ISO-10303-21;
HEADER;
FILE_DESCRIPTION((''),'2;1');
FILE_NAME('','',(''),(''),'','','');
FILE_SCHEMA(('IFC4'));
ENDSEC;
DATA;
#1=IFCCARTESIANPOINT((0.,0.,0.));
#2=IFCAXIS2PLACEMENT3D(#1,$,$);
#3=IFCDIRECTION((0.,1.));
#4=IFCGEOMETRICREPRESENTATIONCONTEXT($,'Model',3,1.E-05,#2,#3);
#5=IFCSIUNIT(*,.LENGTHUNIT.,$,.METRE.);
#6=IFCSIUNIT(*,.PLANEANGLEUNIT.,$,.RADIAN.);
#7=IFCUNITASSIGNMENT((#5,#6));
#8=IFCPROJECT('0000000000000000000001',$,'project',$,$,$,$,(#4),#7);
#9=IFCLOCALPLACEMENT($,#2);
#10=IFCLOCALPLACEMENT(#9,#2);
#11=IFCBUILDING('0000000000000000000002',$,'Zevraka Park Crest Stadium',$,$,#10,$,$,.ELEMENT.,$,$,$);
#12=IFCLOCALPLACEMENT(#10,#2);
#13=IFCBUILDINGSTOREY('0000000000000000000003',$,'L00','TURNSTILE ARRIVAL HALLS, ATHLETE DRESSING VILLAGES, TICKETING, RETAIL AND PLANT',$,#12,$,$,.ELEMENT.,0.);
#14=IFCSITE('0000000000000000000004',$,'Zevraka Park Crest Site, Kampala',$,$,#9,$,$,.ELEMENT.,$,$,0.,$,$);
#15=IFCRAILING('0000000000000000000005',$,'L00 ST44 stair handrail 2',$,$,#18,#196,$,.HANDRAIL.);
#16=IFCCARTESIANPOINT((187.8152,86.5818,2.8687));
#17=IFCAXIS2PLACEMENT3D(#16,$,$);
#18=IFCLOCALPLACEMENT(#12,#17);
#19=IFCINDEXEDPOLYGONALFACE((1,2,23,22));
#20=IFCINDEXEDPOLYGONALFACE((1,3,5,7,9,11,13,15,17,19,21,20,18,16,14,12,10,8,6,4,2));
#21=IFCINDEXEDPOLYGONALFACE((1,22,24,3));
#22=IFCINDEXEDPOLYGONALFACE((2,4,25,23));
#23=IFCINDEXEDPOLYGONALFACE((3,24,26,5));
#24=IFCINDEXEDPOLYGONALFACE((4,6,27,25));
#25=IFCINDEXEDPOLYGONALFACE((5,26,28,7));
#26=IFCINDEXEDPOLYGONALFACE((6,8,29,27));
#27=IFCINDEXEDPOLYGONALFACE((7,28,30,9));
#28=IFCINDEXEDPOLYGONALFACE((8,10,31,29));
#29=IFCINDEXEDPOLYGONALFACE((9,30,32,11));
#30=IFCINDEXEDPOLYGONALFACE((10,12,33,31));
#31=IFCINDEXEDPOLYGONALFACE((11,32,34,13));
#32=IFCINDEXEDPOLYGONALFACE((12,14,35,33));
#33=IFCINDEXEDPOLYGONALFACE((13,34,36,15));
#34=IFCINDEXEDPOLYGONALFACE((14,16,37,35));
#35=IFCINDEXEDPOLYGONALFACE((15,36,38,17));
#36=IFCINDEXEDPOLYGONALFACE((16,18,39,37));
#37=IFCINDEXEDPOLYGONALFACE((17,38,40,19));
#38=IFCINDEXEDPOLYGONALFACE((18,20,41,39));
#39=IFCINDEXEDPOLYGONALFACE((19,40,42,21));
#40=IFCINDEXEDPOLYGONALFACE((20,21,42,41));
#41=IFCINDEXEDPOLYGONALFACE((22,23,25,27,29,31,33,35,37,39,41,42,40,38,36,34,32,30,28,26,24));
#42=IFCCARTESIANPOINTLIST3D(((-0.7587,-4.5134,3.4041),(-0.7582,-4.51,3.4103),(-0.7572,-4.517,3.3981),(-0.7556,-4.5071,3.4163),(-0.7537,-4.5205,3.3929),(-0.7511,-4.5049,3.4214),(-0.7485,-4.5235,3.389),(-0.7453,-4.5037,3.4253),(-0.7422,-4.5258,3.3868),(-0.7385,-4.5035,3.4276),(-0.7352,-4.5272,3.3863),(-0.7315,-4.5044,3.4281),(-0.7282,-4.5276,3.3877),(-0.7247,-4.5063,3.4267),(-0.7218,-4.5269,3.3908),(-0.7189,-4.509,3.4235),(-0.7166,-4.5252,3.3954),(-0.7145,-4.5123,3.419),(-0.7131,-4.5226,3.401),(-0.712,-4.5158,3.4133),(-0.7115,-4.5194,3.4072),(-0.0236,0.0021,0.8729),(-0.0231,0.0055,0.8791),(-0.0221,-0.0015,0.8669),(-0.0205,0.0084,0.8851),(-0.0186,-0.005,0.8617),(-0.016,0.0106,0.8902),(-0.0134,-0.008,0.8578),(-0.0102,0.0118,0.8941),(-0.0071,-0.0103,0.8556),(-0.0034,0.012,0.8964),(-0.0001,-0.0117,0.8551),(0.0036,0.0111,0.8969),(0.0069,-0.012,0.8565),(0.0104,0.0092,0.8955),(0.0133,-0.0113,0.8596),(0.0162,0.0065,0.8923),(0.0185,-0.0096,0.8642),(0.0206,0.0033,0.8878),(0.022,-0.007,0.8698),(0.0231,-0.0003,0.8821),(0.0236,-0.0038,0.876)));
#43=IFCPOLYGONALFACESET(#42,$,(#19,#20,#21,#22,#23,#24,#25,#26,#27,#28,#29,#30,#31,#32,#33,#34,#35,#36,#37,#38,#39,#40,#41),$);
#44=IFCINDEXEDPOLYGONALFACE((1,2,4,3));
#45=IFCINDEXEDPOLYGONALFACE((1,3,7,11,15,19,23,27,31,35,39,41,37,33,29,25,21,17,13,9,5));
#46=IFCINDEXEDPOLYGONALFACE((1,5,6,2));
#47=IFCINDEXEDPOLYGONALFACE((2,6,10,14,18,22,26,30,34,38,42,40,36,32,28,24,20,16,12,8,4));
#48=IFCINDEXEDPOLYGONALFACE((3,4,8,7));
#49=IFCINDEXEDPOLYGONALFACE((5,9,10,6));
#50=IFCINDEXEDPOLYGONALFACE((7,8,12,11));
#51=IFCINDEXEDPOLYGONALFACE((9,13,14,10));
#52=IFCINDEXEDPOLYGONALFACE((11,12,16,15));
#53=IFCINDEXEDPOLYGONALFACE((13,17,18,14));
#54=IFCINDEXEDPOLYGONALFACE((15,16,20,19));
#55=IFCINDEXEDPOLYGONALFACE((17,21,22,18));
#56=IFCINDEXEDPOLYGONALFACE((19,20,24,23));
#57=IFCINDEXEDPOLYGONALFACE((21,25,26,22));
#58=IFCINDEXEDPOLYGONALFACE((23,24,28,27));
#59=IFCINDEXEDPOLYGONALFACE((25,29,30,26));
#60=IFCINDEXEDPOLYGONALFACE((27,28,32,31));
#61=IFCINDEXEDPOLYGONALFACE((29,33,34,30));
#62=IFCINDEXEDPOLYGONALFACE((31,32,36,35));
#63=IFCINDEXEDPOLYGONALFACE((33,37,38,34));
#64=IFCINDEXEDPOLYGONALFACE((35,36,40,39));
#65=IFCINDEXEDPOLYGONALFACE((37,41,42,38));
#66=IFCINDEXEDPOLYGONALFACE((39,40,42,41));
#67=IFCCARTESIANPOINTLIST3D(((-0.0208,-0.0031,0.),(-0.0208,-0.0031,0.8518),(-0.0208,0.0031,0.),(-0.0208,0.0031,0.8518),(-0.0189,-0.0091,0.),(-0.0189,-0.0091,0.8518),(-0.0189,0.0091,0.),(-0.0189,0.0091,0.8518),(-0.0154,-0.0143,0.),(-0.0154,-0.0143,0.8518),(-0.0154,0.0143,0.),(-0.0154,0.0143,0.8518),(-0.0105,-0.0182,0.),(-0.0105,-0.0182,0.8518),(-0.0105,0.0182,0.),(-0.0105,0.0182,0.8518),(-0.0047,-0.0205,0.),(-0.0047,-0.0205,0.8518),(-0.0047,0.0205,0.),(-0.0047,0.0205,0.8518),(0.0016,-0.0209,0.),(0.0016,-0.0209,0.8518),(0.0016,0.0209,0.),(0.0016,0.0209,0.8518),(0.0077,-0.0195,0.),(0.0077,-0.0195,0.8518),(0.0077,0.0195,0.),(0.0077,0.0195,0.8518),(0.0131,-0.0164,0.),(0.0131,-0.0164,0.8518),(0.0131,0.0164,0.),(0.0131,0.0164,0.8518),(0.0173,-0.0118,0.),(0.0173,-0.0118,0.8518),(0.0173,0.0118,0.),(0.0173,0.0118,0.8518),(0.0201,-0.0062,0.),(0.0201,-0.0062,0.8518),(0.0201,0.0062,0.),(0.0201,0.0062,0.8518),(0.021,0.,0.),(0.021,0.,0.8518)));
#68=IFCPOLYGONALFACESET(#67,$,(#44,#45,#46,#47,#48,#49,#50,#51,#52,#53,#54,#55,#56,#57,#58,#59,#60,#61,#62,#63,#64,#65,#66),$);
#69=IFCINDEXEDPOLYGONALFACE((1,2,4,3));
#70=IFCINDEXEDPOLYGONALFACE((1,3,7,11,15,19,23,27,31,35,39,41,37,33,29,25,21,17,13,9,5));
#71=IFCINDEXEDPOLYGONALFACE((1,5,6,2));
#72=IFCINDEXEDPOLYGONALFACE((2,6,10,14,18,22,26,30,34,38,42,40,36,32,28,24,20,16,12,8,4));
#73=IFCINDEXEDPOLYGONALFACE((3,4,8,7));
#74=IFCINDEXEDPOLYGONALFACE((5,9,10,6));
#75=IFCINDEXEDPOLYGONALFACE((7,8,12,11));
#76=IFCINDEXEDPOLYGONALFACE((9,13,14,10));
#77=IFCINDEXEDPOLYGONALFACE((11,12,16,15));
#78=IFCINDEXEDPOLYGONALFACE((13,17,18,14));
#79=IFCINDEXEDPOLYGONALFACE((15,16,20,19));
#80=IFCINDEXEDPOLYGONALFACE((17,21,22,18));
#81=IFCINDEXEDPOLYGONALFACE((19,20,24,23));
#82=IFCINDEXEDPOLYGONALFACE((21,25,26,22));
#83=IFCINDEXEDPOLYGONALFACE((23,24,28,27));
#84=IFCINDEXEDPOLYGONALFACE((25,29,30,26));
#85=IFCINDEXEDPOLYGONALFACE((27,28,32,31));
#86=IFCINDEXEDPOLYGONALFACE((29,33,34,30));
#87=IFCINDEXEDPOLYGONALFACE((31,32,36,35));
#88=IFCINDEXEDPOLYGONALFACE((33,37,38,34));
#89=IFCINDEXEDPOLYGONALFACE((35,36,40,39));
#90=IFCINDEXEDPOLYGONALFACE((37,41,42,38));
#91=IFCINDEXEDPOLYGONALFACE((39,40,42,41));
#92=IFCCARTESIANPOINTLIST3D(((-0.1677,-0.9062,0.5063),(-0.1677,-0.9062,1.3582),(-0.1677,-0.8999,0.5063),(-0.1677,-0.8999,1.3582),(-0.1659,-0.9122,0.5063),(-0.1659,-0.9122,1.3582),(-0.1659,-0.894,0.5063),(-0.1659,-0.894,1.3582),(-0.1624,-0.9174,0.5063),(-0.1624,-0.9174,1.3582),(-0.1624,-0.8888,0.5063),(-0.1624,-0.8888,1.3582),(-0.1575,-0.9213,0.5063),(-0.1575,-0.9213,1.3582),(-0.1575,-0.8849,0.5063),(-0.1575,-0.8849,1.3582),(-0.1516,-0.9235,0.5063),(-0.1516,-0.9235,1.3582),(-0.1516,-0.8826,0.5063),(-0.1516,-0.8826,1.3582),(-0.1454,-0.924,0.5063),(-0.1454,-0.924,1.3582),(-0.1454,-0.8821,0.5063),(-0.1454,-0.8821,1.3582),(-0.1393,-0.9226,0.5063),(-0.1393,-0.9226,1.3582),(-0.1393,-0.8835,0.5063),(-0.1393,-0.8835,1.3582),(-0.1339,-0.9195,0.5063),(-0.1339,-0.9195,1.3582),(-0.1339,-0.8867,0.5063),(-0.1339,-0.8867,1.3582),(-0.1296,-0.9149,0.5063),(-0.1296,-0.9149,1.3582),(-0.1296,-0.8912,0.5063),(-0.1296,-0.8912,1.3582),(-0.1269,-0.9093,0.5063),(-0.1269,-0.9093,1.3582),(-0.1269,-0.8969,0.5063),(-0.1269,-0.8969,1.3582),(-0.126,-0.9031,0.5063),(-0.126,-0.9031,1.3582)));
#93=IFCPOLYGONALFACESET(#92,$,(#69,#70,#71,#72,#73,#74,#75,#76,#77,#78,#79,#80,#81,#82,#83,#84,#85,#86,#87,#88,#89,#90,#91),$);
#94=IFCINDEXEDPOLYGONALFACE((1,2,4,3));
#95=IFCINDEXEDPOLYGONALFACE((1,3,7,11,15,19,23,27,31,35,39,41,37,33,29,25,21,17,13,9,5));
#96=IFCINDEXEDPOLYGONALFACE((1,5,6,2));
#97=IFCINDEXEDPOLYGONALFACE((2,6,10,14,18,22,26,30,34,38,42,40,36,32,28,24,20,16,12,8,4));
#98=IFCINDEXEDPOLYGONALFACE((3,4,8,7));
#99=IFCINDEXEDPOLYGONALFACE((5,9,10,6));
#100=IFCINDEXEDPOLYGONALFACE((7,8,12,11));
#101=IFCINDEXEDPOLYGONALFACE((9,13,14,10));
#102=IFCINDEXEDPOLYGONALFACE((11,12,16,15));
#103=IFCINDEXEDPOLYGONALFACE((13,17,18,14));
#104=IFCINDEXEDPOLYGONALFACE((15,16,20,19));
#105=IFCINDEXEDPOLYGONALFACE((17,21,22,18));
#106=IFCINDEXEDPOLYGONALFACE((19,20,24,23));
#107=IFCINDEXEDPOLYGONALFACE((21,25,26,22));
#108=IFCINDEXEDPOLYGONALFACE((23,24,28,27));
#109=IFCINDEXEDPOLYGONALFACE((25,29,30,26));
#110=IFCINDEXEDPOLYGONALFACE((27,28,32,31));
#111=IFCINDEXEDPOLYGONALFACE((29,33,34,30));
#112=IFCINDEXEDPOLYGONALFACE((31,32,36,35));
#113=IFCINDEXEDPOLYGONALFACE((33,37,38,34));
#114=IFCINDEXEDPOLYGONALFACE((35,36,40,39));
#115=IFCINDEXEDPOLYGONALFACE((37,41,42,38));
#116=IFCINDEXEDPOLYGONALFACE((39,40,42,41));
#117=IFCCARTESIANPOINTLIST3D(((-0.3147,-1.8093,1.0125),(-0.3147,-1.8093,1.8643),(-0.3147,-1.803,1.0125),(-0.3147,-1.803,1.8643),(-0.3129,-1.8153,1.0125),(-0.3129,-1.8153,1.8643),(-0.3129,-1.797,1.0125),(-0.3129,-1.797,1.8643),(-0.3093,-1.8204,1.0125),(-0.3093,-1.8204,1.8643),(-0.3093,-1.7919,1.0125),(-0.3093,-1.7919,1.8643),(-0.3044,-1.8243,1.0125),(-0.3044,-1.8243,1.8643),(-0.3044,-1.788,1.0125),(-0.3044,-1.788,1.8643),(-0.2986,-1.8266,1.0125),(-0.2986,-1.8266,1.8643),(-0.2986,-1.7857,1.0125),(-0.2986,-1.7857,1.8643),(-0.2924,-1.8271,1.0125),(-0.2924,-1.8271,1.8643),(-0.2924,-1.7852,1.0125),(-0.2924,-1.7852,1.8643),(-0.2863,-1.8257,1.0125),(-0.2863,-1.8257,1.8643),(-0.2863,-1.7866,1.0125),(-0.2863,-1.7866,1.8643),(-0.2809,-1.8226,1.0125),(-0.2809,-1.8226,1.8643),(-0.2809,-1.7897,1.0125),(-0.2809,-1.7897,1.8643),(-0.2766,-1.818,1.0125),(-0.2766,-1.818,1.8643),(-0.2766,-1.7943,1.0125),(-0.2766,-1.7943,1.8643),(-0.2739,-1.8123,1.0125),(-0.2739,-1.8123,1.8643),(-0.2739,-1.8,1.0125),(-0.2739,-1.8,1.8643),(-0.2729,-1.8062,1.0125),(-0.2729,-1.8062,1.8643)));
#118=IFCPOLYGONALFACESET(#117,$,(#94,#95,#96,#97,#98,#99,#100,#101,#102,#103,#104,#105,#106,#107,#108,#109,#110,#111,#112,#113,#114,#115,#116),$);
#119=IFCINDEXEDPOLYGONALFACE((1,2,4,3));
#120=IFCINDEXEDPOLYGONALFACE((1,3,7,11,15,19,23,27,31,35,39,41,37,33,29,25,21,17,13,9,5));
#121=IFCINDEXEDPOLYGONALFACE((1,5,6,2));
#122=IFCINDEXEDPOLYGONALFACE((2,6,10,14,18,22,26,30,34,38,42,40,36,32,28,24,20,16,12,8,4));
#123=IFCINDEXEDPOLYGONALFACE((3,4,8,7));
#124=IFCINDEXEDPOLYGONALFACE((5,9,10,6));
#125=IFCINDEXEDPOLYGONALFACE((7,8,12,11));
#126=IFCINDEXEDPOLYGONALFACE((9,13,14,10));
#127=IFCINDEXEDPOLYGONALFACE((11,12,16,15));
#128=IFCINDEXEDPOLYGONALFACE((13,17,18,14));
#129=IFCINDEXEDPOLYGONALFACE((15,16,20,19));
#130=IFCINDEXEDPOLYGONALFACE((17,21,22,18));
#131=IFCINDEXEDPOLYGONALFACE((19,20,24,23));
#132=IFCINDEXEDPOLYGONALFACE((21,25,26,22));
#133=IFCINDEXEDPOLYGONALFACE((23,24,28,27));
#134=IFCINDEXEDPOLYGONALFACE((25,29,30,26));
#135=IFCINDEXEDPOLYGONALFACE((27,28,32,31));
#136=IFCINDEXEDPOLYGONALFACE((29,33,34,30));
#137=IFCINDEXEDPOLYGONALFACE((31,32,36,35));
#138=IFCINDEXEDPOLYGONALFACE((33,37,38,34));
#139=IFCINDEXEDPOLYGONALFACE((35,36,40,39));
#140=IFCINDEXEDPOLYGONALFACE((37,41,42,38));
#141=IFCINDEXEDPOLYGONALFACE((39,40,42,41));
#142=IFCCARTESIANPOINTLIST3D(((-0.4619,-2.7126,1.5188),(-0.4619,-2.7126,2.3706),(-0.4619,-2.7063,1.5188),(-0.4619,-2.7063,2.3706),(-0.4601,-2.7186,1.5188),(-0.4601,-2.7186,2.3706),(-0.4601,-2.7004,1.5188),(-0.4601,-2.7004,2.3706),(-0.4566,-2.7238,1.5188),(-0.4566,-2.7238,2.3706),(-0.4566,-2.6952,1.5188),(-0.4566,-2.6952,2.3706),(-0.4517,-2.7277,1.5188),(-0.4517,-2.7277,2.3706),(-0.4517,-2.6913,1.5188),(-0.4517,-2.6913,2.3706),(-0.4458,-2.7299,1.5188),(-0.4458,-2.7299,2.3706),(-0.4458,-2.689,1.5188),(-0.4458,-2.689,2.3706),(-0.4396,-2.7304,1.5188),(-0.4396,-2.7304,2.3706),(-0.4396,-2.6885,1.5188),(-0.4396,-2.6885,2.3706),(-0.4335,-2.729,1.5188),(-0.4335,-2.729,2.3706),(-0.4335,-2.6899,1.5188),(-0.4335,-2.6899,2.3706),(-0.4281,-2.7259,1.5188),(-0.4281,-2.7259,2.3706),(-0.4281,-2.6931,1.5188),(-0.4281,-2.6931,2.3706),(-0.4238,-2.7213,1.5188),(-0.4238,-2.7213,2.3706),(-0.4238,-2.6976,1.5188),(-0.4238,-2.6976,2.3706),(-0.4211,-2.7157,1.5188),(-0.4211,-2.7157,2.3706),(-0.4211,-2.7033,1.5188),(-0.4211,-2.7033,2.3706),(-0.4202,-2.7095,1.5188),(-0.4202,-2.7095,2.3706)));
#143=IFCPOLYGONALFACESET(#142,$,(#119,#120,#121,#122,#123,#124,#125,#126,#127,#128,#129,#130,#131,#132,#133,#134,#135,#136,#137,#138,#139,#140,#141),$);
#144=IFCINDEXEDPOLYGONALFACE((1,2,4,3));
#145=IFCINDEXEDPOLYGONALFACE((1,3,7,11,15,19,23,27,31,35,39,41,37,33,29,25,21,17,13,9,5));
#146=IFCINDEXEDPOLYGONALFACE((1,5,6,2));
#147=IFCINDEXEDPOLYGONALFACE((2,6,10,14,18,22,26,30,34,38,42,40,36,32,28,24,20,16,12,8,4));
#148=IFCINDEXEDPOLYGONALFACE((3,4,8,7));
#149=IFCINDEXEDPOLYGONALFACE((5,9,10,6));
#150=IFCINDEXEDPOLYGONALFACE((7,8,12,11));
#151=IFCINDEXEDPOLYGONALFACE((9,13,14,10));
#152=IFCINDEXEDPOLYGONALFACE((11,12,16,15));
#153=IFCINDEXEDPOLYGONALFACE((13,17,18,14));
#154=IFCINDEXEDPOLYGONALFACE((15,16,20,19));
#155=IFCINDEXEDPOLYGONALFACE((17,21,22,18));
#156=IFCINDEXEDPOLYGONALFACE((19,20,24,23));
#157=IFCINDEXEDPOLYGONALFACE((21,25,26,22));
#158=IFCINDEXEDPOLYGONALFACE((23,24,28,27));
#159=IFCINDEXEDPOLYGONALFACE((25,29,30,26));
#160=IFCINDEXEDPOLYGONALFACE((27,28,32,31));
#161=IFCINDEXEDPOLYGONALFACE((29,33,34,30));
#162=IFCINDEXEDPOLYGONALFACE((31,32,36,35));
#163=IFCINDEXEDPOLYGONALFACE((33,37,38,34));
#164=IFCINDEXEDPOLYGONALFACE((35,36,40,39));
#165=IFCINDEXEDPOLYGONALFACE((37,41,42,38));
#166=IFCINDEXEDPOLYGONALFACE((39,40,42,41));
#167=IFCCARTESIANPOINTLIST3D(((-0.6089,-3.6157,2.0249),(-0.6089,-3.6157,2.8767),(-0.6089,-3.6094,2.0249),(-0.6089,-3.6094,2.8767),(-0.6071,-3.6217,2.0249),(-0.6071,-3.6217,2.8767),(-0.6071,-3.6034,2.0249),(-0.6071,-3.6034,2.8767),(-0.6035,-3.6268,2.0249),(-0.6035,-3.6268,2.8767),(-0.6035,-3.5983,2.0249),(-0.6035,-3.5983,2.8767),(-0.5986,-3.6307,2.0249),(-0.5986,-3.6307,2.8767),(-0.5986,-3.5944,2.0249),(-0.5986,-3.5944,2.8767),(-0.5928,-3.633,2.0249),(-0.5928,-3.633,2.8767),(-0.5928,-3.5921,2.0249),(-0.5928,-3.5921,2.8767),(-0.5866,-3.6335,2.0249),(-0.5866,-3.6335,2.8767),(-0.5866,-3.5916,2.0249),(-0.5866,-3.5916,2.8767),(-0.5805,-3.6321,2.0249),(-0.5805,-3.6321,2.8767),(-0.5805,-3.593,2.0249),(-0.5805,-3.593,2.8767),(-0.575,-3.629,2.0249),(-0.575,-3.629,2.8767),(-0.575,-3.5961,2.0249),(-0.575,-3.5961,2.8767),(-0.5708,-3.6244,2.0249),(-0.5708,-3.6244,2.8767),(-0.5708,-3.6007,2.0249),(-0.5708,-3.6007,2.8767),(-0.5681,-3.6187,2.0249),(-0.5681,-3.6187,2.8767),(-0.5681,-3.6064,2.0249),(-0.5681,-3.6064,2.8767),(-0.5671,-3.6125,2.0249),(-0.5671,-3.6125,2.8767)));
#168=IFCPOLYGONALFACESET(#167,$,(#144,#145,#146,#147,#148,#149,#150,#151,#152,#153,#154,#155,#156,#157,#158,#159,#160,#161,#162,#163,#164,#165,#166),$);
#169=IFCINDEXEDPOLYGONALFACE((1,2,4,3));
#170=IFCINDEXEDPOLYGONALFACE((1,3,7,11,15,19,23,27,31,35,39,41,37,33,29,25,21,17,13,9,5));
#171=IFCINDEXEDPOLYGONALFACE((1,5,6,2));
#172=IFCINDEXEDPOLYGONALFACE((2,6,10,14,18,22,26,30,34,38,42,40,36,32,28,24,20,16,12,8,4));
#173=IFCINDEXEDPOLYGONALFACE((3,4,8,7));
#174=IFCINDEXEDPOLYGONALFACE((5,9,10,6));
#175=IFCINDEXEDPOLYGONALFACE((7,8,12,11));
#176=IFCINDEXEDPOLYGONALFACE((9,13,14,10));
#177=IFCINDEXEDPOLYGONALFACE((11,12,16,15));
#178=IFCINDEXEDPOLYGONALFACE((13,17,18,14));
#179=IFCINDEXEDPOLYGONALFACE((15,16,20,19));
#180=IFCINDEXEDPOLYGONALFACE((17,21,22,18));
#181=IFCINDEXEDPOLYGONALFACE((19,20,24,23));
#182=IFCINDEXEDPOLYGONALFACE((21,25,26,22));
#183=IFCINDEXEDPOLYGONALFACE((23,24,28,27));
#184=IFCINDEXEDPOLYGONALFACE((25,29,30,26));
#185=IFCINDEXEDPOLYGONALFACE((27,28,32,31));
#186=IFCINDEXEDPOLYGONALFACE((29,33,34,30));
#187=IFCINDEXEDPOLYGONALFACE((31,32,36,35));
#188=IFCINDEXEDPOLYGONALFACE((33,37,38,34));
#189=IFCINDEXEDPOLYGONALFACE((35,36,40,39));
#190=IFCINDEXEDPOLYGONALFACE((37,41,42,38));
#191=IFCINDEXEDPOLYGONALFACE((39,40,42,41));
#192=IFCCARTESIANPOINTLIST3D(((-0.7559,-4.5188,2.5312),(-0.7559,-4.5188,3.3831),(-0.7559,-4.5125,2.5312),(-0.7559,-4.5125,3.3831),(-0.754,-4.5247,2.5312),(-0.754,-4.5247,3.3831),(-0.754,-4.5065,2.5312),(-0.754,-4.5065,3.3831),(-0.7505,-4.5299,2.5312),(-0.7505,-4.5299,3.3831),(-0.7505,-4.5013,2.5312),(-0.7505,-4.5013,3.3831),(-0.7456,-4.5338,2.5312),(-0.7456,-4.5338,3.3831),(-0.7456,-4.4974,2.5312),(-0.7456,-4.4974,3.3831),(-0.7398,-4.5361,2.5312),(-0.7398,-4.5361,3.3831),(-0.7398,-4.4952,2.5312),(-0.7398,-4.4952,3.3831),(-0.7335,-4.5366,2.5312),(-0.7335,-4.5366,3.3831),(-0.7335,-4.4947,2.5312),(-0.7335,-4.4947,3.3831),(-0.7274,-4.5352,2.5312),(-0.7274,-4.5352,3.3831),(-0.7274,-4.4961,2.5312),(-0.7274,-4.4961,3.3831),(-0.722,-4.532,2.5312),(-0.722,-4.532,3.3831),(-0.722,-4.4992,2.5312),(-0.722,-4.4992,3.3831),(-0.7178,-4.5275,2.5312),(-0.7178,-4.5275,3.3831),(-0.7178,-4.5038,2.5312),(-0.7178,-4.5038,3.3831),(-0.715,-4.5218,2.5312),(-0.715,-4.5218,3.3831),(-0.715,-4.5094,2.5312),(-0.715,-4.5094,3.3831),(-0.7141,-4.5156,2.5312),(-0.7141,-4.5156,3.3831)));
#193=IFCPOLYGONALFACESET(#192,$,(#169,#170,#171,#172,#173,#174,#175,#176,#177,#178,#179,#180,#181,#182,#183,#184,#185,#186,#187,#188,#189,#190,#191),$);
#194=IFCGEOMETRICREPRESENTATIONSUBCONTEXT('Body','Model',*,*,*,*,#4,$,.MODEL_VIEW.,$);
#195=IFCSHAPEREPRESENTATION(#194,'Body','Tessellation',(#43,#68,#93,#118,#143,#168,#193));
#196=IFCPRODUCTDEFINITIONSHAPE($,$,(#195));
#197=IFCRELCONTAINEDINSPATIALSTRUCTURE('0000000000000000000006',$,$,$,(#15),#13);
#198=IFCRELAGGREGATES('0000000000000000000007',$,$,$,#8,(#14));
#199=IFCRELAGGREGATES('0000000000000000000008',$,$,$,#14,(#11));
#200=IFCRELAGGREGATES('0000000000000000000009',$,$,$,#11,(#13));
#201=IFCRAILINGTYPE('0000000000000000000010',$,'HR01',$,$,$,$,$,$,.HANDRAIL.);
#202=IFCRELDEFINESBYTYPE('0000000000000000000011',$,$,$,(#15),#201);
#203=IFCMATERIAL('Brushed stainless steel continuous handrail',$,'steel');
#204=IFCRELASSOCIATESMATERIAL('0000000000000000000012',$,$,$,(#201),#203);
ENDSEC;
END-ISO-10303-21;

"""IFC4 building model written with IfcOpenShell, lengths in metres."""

from ifc_helpers import new_model, si_unit, direction, frame, origin, origin_2d, place, context, subcontext, project, spatial, circle, extrude, material, type_object, element, save


model = new_model("IFC4")

# Units and contexts
model_context = context("Model", 3, precision=1e-05, world=origin(), true_north=direction((0.0, 1.0)))
body_context = subcontext(model_context, "Body", "Model", "MODEL_VIEW")
ifc_project = project(units=[si_unit("LENGTHUNIT", "METRE"), si_unit("PLANEANGLEUNIT", "RADIAN")], contexts=[model_context])

# Site, building, storey
site_placement = place(None, origin())
site = spatial("IfcSite", under=ifc_project, at=site_placement, Name="Zevraka Park Crest Site, Kampala", CompositionType="ELEMENT", RefElevation=0.0)
building_placement = place(site_placement, origin())
building = spatial("IfcBuilding", under=site, at=building_placement, Name="Zevraka Park Crest Stadium", CompositionType="ELEMENT")
storey_placement = place(building_placement, origin())
storey = spatial("IfcBuildingStorey", under=building, at=storey_placement, Name="L00", Description="TURNSTILE ARRIVAL HALLS, ATHLETE DRESSING VILLAGES, TICKETING, RETAIL AND PLANT", CompositionType="ELEMENT", Elevation=0.0)

# Railing
ifc_material_1 = material(Name="Brushed stainless steel continuous handrail", Category="steel")
railing_type_1 = type_object("IfcRailingType", Name="HR01", PredefinedType="HANDRAIL", material=ifc_material_1)
railing_1_placement = place(storey_placement, frame((187.8152, 86.5818, 2.8687)))
element("IfcRailing", 1, at=railing_1_placement, inside=storey, type_object=railing_type_1, Name="L00 ST44 stair handrail 2", PredefinedType="HANDRAIL", context=body_context, shape_type="SweptSolid", body=[
    extrude(circle(Radius=0.0239, at=origin_2d()), frame((0.0, 0.0, 0.876), z_axis=(-0.140593, -0.863636, 0.484114), x_axis=(0.987007, -0.160677, 0.0)), (0.0, 0.0, 1.0), 5.2285),
    extrude(circle(Radius=0.021, at=origin_2d()), origin(), (0.0, 0.0, 1.0), 0.8518),
    extrude(circle(Radius=0.021, at=origin_2d()), frame((-0.147, -0.9031, 0.5063)), (0.0, 0.0, 1.0), 0.8518),
    extrude(circle(Radius=0.021, at=origin_2d()), frame((-0.2939, -1.8062, 1.0125)), (0.0, 0.0, 1.0), 0.8518),
    extrude(circle(Radius=0.021, at=origin_2d()), frame((-0.4412, -2.7095, 1.5188)), (0.0, 0.0, 1.0), 0.8518),
    extrude(circle(Radius=0.021, at=origin_2d()), frame((-0.5881, -3.6125, 2.0249)), (0.0, 0.0, 1.0), 0.8518),
    extrude(circle(Radius=0.021, at=origin_2d()), frame((-0.7351, -4.5156, 2.5312)), (0.0, 0.0, 1.0), 0.8518),
])

save(model, "model.ifc")
